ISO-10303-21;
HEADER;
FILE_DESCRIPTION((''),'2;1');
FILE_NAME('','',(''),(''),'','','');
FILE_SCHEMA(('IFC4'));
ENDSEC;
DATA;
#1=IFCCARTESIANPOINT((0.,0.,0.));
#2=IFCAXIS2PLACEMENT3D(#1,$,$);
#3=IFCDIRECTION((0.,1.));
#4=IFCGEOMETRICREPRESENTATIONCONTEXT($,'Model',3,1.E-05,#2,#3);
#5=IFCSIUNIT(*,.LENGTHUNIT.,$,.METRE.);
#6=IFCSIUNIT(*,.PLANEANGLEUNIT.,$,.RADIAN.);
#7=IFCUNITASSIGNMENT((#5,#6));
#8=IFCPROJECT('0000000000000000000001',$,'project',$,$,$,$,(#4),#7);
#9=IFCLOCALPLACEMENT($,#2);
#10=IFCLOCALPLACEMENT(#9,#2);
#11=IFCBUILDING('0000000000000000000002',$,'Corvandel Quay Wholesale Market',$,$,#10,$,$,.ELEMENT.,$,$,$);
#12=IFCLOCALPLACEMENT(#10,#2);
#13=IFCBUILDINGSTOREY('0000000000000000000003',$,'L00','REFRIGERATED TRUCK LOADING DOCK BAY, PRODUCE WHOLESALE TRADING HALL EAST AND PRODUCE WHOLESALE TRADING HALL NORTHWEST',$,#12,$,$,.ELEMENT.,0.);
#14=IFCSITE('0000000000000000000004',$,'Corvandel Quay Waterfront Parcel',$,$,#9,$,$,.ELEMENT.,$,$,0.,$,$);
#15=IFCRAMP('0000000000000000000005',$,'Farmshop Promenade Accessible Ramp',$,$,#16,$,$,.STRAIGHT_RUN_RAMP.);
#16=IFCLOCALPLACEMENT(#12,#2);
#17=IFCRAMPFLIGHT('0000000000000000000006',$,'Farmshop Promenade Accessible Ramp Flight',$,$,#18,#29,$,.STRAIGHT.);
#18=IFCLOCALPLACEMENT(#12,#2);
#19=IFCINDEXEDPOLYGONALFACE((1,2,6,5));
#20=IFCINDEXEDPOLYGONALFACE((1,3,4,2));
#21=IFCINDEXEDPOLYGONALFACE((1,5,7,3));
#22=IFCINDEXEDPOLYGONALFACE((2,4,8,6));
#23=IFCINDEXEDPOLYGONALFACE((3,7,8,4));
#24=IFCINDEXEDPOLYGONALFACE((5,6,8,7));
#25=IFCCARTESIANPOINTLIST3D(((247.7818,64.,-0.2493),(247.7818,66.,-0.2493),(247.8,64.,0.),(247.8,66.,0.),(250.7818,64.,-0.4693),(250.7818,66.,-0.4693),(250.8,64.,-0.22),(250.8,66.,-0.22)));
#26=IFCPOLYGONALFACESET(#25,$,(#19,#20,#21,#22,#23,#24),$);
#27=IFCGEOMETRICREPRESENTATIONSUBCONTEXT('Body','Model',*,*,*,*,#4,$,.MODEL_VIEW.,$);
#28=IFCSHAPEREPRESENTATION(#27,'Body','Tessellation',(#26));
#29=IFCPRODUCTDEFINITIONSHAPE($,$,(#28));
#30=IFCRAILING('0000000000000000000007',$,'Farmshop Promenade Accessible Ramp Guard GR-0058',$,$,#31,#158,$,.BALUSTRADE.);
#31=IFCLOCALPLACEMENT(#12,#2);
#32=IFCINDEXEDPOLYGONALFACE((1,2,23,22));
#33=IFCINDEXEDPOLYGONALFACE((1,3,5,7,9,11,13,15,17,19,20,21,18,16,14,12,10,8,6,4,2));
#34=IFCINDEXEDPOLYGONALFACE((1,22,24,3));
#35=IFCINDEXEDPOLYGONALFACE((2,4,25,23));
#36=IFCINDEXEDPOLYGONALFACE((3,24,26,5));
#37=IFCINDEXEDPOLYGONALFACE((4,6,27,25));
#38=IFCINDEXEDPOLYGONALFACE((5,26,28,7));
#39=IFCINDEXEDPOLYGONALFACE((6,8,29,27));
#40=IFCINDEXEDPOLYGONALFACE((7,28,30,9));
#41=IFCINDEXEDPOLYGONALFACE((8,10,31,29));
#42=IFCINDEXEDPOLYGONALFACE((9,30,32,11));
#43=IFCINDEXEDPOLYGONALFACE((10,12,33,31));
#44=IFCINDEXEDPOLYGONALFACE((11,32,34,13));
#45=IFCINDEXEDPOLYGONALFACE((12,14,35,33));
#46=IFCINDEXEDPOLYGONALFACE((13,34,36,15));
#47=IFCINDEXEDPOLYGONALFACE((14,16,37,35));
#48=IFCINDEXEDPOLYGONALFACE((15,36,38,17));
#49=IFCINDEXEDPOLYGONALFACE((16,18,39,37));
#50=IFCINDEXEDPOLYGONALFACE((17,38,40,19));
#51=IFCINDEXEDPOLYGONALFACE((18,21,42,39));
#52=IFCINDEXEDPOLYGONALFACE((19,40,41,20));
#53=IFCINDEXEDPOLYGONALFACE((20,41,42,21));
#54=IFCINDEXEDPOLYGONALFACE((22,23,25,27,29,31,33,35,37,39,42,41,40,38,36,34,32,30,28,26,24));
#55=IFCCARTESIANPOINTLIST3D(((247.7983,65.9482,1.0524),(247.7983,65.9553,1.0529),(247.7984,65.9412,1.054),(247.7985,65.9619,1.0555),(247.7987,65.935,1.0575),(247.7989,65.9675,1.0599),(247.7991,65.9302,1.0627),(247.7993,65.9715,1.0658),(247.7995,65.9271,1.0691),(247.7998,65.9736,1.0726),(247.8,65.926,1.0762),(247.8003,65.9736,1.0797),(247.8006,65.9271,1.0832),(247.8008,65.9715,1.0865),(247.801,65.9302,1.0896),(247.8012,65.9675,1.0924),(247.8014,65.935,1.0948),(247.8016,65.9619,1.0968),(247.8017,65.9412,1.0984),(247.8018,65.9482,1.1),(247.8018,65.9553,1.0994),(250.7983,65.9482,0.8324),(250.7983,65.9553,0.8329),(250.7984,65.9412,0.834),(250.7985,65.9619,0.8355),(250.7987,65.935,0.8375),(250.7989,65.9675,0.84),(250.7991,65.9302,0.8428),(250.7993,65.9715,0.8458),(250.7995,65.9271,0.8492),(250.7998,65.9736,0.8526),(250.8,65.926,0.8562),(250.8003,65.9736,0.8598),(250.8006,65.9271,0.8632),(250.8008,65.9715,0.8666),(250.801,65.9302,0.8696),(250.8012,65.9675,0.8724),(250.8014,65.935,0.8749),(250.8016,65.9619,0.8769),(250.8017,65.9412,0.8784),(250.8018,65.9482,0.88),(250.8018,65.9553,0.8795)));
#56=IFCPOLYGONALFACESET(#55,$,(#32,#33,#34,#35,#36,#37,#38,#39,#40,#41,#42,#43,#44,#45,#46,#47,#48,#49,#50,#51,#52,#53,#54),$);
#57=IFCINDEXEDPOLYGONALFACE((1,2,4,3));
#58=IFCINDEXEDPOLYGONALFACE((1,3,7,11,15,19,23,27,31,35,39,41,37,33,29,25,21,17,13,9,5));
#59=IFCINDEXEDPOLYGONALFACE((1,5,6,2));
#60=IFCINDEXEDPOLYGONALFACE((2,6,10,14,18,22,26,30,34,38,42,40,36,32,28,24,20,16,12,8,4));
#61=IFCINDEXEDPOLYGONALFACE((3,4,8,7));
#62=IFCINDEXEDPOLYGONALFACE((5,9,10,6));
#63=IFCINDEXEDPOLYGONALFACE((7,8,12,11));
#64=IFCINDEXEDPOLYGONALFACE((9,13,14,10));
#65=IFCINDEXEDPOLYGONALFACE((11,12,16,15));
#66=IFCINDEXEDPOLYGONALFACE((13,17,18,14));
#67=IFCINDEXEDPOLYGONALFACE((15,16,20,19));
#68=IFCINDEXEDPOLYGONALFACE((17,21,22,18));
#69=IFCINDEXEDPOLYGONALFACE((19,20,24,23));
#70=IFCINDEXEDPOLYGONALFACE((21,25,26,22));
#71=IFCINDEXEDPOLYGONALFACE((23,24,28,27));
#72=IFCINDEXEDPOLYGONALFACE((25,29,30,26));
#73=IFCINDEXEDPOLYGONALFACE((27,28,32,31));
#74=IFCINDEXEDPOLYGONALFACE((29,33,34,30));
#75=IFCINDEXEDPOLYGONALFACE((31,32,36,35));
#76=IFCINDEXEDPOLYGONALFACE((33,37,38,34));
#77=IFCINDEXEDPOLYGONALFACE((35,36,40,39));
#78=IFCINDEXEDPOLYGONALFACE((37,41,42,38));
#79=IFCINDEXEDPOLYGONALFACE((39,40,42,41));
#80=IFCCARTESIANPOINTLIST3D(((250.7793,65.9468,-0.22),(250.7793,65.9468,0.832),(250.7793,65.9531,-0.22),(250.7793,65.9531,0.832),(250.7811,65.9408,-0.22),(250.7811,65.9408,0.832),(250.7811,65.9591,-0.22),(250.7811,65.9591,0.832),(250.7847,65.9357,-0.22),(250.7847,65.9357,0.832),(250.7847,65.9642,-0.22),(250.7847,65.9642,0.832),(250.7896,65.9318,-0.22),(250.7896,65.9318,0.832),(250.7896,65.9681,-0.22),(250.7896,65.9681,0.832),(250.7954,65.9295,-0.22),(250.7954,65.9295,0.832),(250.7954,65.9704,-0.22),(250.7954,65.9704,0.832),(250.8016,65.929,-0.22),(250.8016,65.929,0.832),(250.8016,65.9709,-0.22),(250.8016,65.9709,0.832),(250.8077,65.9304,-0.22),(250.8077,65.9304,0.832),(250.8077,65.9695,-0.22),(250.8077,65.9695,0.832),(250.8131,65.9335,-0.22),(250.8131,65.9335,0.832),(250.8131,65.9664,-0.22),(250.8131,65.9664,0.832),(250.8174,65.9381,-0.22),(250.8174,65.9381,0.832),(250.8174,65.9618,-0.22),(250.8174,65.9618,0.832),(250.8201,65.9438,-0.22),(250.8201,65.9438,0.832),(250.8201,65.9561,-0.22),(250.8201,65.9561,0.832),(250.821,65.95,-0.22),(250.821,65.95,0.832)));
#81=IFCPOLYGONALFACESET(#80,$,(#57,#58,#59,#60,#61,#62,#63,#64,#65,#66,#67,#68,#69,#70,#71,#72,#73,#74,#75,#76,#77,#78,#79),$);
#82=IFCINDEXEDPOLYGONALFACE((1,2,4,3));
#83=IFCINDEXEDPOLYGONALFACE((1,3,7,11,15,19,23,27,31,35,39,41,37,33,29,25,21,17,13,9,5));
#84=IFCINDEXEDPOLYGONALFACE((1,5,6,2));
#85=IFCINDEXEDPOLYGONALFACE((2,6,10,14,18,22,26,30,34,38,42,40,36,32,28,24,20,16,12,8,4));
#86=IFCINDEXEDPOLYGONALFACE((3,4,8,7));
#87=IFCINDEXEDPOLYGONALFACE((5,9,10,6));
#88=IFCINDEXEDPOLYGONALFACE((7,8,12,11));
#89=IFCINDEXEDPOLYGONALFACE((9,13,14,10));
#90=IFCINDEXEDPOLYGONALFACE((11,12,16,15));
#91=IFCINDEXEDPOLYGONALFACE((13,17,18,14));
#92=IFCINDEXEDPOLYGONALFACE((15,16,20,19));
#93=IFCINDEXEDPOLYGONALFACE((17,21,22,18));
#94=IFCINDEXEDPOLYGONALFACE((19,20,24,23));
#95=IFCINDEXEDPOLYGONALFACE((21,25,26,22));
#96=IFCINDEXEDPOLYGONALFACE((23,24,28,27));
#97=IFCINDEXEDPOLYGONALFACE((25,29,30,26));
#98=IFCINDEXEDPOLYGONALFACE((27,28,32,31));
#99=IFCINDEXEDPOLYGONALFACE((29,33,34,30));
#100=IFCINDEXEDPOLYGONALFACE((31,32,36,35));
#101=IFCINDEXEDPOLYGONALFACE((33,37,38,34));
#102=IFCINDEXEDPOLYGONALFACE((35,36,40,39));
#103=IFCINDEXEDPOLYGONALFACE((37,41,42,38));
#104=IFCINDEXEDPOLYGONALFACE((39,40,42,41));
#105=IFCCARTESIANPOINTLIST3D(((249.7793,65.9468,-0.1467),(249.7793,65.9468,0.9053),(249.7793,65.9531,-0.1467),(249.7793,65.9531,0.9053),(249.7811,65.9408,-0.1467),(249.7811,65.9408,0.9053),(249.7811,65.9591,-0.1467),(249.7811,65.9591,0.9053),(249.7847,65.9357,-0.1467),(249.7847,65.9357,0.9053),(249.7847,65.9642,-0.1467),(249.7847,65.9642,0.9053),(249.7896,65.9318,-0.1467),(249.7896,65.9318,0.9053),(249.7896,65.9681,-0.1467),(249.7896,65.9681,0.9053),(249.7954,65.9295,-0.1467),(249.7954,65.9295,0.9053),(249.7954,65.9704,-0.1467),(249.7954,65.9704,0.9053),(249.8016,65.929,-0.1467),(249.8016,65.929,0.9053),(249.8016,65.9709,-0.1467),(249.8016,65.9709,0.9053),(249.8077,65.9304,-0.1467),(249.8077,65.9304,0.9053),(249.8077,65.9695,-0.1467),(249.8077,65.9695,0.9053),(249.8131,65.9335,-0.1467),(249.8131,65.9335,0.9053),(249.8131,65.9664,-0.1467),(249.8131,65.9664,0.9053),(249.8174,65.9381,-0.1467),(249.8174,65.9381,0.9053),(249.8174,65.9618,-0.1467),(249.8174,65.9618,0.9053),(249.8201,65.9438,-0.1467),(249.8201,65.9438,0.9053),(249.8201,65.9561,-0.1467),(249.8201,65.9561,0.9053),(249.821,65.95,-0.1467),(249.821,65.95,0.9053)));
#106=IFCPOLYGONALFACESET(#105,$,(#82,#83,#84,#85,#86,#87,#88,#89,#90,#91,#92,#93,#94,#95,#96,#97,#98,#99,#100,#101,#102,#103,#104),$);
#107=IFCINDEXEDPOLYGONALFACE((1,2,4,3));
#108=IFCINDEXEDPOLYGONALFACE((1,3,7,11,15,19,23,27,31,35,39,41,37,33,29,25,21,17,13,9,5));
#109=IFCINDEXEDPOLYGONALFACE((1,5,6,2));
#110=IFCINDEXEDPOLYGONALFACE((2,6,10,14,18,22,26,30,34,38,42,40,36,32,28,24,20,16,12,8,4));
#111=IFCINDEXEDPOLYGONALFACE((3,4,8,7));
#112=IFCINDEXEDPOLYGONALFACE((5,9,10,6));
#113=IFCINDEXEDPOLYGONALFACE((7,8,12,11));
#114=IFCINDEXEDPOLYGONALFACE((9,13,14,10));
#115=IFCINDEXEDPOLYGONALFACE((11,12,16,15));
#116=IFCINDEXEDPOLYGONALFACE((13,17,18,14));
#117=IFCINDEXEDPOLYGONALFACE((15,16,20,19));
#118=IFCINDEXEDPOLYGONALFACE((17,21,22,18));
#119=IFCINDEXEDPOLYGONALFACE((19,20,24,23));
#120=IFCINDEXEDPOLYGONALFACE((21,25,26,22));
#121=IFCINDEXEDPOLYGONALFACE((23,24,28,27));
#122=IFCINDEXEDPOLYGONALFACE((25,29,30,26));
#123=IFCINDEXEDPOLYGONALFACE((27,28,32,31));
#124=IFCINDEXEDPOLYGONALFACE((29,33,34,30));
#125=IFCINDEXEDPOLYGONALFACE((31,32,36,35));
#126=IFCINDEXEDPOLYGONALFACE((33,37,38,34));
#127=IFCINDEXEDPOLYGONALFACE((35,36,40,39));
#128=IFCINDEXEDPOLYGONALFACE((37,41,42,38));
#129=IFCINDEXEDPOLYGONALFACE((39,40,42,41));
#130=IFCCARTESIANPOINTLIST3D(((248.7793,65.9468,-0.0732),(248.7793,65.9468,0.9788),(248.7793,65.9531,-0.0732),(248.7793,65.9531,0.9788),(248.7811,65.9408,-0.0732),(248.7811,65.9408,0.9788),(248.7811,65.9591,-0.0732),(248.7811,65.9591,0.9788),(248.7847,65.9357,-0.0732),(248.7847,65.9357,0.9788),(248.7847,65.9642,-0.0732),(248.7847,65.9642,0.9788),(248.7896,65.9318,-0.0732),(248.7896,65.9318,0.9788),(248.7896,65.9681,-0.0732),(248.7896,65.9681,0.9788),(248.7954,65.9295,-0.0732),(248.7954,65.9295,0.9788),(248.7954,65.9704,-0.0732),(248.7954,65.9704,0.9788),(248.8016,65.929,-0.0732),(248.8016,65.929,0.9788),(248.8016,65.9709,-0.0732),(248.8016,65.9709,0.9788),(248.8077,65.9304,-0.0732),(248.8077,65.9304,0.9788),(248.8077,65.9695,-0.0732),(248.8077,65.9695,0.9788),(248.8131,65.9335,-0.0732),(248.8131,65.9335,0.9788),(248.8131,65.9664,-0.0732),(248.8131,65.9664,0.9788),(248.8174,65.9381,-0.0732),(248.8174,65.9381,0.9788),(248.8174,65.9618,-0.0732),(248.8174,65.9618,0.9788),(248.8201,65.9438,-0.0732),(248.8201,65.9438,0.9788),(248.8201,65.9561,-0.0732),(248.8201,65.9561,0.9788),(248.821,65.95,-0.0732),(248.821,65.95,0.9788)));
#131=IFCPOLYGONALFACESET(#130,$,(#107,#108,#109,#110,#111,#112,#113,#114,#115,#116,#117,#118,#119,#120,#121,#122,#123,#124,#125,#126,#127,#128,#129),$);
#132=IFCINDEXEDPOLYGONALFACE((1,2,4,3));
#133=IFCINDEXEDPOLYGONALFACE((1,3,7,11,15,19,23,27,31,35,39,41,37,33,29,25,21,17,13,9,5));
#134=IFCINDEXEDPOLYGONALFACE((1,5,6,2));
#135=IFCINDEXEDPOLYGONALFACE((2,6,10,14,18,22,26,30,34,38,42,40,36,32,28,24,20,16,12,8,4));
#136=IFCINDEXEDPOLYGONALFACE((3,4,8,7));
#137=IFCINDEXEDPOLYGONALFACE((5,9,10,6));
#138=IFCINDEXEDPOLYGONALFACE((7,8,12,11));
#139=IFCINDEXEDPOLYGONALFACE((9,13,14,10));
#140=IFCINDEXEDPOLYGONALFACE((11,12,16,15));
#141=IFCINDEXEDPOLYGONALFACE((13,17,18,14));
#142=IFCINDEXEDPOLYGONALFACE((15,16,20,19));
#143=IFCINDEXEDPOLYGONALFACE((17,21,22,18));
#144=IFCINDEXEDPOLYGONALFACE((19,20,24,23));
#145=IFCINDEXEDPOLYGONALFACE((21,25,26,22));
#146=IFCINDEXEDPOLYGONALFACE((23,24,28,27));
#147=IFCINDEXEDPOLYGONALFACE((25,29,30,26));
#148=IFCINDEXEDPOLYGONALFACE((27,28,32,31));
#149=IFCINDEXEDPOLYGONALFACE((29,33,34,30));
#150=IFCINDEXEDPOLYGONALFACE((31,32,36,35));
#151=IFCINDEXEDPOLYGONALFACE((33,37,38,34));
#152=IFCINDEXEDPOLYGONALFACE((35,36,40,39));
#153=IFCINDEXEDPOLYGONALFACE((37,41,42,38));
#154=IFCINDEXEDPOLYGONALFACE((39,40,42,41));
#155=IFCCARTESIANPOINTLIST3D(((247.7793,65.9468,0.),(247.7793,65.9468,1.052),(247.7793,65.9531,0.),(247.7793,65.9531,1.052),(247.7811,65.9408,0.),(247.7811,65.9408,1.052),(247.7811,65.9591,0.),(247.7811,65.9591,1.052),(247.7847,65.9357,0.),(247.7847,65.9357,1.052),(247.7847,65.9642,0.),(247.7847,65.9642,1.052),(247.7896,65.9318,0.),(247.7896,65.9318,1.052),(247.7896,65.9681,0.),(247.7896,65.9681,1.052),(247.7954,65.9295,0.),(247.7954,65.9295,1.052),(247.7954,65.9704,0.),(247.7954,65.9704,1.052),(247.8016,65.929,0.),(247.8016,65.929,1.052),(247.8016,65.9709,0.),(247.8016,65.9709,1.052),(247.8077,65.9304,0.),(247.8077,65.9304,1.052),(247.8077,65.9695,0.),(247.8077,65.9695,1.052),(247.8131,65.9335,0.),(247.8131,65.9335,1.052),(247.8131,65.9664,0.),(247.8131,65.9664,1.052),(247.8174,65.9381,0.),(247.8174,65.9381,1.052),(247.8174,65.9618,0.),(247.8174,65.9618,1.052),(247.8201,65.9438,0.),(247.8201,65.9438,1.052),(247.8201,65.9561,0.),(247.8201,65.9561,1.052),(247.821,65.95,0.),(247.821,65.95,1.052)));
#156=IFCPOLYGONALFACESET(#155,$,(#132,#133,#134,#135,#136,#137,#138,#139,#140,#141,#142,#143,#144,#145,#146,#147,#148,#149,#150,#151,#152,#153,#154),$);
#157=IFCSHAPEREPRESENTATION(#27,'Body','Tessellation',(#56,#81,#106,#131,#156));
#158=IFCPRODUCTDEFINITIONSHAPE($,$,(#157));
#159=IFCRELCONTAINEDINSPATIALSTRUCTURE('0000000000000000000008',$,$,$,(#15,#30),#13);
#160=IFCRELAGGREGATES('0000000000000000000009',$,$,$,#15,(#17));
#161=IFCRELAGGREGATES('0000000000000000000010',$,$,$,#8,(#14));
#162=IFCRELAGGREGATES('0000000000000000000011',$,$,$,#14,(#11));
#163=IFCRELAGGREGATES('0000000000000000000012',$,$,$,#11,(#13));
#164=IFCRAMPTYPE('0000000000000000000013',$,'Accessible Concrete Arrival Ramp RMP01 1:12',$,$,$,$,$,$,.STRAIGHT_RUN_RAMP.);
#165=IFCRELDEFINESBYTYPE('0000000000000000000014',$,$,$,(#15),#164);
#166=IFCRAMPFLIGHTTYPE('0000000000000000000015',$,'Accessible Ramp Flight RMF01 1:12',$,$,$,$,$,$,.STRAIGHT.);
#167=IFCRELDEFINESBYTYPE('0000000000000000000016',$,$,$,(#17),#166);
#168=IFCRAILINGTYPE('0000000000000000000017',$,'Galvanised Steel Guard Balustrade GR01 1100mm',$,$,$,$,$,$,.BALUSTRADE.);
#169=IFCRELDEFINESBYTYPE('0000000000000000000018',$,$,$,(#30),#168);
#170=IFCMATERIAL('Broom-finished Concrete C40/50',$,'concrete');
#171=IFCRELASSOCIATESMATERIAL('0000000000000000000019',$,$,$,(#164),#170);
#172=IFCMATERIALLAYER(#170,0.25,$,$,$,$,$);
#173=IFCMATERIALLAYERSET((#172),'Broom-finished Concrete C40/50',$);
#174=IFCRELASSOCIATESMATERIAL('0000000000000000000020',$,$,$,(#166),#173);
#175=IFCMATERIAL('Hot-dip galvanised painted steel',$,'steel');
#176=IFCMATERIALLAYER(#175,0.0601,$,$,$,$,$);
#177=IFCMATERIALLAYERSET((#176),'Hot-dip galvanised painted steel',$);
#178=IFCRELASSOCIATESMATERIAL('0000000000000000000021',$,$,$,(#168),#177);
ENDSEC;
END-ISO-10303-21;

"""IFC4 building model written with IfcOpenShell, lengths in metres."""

from ifc_helpers import new_model, si_unit, direction, frame, origin, origin_2d, place, context, subcontext, project, spatial, polyline, circle, outline, extrude, material, layer, layer_set, type_object, element, aggregate, save


model = new_model("IFC4")

# Units and contexts
model_context = context("Model", 3, precision=1e-05, world=origin(), true_north=direction((0.0, 1.0)))
body_context = subcontext(model_context, "Body", "Model", "MODEL_VIEW")
ifc_project = project(units=[si_unit("LENGTHUNIT", "METRE"), si_unit("PLANEANGLEUNIT", "RADIAN")], contexts=[model_context])

# Site, building, storey
site_placement = place(None, origin())
site = spatial("IfcSite", under=ifc_project, at=site_placement, Name="Corvandel Quay Waterfront Parcel", CompositionType="ELEMENT", RefElevation=0.0)
building_placement = place(site_placement, origin())
building = spatial("IfcBuilding", under=site, at=building_placement, Name="Corvandel Quay Wholesale Market", CompositionType="ELEMENT")
storey_placement = place(building_placement, origin())
storey = spatial("IfcBuildingStorey", under=building, at=storey_placement, Name="L00", Description="REFRIGERATED TRUCK LOADING DOCK BAY, PRODUCE WHOLESALE TRADING HALL EAST AND PRODUCE WHOLESALE TRADING HALL NORTHWEST", CompositionType="ELEMENT", Elevation=0.0)

# Ramp, ramp flight
ifc_material_1 = material(Name="Broom-finished Concrete C40/50", Category="concrete")
ramp_type = type_object("IfcRampType", Name="Accessible Concrete Arrival Ramp RMP01 1:12", PredefinedType="STRAIGHT_RUN_RAMP", material=ifc_material_1)
ramp_placement = place(storey_placement, origin())
ramp = element("IfcRamp", 1, at=ramp_placement, inside=storey, type_object=ramp_type, Name="Farmshop Promenade Accessible Ramp", PredefinedType="STRAIGHT_RUN_RAMP")
ifc_layer_1 = layer(ifc_material_1, 0.25)
ifc_layer_set_1 = layer_set([ifc_layer_1], Name="Broom-finished Concrete C40/50")
ramp_flight_type = type_object("IfcRampFlightType", Name="Accessible Ramp Flight RMF01 1:12", PredefinedType="STRAIGHT", material=ifc_layer_set_1)
ramp_flight_placement = place(storey_placement, frame((250.8, 66.0, -0.22), z_axis=(0.073127, 0.0, 0.997323), x_axis=(0.0, -1.0, 0.0)))
ramp_flight = element("IfcRampFlight", 2, at=ramp_flight_placement, type_object=ramp_flight_type, Name="Farmshop Promenade Accessible Ramp Flight", PredefinedType="STRAIGHT", context=body_context, shape_type="SweptSolid", body=[
    extrude(outline(polyline([(0.0, 0.0), (2.0, 0.0), (2.0, -3.0081), (0.0, -3.0081), (0.0, 0.0)])), origin(), (0.0, 0.0, -1.0), 0.25),
])
aggregate(ramp, [ramp_flight])

# Railing
ifc_material_2 = material(Name="Hot-dip galvanised painted steel", Category="steel")
ifc_layer_2 = layer(ifc_material_2, 0.0601)
ifc_layer_set_2 = layer_set([ifc_layer_2], Name="Hot-dip galvanised painted steel")
railing_type = type_object("IfcRailingType", Name="Galvanised Steel Guard Balustrade GR01 1100mm", PredefinedType="BALUSTRADE", material=ifc_layer_set_2)
for number, where, name in (
    (3, (250.8, 65.95, -0.22), "Farmshop Promenade Accessible Ramp Guard GR-0058"),
):
    element("IfcRailing", number, at=place(storey_placement, frame(where)), inside=storey, type_object=railing_type, Name=name, PredefinedType="BALUSTRADE", context=body_context, shape_type="SweptSolid", body=[
        extrude(circle(Radius=0.0239, at=origin_2d()), frame((0.0, 0.0, 1.0762), z_axis=(-0.997323, 0.0, 0.073127), x_axis=(0.0, -1.0, 0.0)), (0.0, 0.0, 1.0), 3.0081),
        extrude(circle(Radius=0.021, at=origin_2d()), origin(), (0.0, 0.0, 1.0), 1.052),
        extrude(circle(Radius=0.021, at=origin_2d()), frame((-1.0, 0.0, 0.0732)), (0.0, 0.0, 1.0), 1.052),
        extrude(circle(Radius=0.021, at=origin_2d()), frame((-2.0, 0.0, 0.1467)), (0.0, 0.0, 1.0), 1.052),
        extrude(circle(Radius=0.021, at=origin_2d()), frame((-3.0, 0.0, 0.22)), (0.0, 0.0, 1.0), 1.052),
    ])

save(model, "model.ifc")
